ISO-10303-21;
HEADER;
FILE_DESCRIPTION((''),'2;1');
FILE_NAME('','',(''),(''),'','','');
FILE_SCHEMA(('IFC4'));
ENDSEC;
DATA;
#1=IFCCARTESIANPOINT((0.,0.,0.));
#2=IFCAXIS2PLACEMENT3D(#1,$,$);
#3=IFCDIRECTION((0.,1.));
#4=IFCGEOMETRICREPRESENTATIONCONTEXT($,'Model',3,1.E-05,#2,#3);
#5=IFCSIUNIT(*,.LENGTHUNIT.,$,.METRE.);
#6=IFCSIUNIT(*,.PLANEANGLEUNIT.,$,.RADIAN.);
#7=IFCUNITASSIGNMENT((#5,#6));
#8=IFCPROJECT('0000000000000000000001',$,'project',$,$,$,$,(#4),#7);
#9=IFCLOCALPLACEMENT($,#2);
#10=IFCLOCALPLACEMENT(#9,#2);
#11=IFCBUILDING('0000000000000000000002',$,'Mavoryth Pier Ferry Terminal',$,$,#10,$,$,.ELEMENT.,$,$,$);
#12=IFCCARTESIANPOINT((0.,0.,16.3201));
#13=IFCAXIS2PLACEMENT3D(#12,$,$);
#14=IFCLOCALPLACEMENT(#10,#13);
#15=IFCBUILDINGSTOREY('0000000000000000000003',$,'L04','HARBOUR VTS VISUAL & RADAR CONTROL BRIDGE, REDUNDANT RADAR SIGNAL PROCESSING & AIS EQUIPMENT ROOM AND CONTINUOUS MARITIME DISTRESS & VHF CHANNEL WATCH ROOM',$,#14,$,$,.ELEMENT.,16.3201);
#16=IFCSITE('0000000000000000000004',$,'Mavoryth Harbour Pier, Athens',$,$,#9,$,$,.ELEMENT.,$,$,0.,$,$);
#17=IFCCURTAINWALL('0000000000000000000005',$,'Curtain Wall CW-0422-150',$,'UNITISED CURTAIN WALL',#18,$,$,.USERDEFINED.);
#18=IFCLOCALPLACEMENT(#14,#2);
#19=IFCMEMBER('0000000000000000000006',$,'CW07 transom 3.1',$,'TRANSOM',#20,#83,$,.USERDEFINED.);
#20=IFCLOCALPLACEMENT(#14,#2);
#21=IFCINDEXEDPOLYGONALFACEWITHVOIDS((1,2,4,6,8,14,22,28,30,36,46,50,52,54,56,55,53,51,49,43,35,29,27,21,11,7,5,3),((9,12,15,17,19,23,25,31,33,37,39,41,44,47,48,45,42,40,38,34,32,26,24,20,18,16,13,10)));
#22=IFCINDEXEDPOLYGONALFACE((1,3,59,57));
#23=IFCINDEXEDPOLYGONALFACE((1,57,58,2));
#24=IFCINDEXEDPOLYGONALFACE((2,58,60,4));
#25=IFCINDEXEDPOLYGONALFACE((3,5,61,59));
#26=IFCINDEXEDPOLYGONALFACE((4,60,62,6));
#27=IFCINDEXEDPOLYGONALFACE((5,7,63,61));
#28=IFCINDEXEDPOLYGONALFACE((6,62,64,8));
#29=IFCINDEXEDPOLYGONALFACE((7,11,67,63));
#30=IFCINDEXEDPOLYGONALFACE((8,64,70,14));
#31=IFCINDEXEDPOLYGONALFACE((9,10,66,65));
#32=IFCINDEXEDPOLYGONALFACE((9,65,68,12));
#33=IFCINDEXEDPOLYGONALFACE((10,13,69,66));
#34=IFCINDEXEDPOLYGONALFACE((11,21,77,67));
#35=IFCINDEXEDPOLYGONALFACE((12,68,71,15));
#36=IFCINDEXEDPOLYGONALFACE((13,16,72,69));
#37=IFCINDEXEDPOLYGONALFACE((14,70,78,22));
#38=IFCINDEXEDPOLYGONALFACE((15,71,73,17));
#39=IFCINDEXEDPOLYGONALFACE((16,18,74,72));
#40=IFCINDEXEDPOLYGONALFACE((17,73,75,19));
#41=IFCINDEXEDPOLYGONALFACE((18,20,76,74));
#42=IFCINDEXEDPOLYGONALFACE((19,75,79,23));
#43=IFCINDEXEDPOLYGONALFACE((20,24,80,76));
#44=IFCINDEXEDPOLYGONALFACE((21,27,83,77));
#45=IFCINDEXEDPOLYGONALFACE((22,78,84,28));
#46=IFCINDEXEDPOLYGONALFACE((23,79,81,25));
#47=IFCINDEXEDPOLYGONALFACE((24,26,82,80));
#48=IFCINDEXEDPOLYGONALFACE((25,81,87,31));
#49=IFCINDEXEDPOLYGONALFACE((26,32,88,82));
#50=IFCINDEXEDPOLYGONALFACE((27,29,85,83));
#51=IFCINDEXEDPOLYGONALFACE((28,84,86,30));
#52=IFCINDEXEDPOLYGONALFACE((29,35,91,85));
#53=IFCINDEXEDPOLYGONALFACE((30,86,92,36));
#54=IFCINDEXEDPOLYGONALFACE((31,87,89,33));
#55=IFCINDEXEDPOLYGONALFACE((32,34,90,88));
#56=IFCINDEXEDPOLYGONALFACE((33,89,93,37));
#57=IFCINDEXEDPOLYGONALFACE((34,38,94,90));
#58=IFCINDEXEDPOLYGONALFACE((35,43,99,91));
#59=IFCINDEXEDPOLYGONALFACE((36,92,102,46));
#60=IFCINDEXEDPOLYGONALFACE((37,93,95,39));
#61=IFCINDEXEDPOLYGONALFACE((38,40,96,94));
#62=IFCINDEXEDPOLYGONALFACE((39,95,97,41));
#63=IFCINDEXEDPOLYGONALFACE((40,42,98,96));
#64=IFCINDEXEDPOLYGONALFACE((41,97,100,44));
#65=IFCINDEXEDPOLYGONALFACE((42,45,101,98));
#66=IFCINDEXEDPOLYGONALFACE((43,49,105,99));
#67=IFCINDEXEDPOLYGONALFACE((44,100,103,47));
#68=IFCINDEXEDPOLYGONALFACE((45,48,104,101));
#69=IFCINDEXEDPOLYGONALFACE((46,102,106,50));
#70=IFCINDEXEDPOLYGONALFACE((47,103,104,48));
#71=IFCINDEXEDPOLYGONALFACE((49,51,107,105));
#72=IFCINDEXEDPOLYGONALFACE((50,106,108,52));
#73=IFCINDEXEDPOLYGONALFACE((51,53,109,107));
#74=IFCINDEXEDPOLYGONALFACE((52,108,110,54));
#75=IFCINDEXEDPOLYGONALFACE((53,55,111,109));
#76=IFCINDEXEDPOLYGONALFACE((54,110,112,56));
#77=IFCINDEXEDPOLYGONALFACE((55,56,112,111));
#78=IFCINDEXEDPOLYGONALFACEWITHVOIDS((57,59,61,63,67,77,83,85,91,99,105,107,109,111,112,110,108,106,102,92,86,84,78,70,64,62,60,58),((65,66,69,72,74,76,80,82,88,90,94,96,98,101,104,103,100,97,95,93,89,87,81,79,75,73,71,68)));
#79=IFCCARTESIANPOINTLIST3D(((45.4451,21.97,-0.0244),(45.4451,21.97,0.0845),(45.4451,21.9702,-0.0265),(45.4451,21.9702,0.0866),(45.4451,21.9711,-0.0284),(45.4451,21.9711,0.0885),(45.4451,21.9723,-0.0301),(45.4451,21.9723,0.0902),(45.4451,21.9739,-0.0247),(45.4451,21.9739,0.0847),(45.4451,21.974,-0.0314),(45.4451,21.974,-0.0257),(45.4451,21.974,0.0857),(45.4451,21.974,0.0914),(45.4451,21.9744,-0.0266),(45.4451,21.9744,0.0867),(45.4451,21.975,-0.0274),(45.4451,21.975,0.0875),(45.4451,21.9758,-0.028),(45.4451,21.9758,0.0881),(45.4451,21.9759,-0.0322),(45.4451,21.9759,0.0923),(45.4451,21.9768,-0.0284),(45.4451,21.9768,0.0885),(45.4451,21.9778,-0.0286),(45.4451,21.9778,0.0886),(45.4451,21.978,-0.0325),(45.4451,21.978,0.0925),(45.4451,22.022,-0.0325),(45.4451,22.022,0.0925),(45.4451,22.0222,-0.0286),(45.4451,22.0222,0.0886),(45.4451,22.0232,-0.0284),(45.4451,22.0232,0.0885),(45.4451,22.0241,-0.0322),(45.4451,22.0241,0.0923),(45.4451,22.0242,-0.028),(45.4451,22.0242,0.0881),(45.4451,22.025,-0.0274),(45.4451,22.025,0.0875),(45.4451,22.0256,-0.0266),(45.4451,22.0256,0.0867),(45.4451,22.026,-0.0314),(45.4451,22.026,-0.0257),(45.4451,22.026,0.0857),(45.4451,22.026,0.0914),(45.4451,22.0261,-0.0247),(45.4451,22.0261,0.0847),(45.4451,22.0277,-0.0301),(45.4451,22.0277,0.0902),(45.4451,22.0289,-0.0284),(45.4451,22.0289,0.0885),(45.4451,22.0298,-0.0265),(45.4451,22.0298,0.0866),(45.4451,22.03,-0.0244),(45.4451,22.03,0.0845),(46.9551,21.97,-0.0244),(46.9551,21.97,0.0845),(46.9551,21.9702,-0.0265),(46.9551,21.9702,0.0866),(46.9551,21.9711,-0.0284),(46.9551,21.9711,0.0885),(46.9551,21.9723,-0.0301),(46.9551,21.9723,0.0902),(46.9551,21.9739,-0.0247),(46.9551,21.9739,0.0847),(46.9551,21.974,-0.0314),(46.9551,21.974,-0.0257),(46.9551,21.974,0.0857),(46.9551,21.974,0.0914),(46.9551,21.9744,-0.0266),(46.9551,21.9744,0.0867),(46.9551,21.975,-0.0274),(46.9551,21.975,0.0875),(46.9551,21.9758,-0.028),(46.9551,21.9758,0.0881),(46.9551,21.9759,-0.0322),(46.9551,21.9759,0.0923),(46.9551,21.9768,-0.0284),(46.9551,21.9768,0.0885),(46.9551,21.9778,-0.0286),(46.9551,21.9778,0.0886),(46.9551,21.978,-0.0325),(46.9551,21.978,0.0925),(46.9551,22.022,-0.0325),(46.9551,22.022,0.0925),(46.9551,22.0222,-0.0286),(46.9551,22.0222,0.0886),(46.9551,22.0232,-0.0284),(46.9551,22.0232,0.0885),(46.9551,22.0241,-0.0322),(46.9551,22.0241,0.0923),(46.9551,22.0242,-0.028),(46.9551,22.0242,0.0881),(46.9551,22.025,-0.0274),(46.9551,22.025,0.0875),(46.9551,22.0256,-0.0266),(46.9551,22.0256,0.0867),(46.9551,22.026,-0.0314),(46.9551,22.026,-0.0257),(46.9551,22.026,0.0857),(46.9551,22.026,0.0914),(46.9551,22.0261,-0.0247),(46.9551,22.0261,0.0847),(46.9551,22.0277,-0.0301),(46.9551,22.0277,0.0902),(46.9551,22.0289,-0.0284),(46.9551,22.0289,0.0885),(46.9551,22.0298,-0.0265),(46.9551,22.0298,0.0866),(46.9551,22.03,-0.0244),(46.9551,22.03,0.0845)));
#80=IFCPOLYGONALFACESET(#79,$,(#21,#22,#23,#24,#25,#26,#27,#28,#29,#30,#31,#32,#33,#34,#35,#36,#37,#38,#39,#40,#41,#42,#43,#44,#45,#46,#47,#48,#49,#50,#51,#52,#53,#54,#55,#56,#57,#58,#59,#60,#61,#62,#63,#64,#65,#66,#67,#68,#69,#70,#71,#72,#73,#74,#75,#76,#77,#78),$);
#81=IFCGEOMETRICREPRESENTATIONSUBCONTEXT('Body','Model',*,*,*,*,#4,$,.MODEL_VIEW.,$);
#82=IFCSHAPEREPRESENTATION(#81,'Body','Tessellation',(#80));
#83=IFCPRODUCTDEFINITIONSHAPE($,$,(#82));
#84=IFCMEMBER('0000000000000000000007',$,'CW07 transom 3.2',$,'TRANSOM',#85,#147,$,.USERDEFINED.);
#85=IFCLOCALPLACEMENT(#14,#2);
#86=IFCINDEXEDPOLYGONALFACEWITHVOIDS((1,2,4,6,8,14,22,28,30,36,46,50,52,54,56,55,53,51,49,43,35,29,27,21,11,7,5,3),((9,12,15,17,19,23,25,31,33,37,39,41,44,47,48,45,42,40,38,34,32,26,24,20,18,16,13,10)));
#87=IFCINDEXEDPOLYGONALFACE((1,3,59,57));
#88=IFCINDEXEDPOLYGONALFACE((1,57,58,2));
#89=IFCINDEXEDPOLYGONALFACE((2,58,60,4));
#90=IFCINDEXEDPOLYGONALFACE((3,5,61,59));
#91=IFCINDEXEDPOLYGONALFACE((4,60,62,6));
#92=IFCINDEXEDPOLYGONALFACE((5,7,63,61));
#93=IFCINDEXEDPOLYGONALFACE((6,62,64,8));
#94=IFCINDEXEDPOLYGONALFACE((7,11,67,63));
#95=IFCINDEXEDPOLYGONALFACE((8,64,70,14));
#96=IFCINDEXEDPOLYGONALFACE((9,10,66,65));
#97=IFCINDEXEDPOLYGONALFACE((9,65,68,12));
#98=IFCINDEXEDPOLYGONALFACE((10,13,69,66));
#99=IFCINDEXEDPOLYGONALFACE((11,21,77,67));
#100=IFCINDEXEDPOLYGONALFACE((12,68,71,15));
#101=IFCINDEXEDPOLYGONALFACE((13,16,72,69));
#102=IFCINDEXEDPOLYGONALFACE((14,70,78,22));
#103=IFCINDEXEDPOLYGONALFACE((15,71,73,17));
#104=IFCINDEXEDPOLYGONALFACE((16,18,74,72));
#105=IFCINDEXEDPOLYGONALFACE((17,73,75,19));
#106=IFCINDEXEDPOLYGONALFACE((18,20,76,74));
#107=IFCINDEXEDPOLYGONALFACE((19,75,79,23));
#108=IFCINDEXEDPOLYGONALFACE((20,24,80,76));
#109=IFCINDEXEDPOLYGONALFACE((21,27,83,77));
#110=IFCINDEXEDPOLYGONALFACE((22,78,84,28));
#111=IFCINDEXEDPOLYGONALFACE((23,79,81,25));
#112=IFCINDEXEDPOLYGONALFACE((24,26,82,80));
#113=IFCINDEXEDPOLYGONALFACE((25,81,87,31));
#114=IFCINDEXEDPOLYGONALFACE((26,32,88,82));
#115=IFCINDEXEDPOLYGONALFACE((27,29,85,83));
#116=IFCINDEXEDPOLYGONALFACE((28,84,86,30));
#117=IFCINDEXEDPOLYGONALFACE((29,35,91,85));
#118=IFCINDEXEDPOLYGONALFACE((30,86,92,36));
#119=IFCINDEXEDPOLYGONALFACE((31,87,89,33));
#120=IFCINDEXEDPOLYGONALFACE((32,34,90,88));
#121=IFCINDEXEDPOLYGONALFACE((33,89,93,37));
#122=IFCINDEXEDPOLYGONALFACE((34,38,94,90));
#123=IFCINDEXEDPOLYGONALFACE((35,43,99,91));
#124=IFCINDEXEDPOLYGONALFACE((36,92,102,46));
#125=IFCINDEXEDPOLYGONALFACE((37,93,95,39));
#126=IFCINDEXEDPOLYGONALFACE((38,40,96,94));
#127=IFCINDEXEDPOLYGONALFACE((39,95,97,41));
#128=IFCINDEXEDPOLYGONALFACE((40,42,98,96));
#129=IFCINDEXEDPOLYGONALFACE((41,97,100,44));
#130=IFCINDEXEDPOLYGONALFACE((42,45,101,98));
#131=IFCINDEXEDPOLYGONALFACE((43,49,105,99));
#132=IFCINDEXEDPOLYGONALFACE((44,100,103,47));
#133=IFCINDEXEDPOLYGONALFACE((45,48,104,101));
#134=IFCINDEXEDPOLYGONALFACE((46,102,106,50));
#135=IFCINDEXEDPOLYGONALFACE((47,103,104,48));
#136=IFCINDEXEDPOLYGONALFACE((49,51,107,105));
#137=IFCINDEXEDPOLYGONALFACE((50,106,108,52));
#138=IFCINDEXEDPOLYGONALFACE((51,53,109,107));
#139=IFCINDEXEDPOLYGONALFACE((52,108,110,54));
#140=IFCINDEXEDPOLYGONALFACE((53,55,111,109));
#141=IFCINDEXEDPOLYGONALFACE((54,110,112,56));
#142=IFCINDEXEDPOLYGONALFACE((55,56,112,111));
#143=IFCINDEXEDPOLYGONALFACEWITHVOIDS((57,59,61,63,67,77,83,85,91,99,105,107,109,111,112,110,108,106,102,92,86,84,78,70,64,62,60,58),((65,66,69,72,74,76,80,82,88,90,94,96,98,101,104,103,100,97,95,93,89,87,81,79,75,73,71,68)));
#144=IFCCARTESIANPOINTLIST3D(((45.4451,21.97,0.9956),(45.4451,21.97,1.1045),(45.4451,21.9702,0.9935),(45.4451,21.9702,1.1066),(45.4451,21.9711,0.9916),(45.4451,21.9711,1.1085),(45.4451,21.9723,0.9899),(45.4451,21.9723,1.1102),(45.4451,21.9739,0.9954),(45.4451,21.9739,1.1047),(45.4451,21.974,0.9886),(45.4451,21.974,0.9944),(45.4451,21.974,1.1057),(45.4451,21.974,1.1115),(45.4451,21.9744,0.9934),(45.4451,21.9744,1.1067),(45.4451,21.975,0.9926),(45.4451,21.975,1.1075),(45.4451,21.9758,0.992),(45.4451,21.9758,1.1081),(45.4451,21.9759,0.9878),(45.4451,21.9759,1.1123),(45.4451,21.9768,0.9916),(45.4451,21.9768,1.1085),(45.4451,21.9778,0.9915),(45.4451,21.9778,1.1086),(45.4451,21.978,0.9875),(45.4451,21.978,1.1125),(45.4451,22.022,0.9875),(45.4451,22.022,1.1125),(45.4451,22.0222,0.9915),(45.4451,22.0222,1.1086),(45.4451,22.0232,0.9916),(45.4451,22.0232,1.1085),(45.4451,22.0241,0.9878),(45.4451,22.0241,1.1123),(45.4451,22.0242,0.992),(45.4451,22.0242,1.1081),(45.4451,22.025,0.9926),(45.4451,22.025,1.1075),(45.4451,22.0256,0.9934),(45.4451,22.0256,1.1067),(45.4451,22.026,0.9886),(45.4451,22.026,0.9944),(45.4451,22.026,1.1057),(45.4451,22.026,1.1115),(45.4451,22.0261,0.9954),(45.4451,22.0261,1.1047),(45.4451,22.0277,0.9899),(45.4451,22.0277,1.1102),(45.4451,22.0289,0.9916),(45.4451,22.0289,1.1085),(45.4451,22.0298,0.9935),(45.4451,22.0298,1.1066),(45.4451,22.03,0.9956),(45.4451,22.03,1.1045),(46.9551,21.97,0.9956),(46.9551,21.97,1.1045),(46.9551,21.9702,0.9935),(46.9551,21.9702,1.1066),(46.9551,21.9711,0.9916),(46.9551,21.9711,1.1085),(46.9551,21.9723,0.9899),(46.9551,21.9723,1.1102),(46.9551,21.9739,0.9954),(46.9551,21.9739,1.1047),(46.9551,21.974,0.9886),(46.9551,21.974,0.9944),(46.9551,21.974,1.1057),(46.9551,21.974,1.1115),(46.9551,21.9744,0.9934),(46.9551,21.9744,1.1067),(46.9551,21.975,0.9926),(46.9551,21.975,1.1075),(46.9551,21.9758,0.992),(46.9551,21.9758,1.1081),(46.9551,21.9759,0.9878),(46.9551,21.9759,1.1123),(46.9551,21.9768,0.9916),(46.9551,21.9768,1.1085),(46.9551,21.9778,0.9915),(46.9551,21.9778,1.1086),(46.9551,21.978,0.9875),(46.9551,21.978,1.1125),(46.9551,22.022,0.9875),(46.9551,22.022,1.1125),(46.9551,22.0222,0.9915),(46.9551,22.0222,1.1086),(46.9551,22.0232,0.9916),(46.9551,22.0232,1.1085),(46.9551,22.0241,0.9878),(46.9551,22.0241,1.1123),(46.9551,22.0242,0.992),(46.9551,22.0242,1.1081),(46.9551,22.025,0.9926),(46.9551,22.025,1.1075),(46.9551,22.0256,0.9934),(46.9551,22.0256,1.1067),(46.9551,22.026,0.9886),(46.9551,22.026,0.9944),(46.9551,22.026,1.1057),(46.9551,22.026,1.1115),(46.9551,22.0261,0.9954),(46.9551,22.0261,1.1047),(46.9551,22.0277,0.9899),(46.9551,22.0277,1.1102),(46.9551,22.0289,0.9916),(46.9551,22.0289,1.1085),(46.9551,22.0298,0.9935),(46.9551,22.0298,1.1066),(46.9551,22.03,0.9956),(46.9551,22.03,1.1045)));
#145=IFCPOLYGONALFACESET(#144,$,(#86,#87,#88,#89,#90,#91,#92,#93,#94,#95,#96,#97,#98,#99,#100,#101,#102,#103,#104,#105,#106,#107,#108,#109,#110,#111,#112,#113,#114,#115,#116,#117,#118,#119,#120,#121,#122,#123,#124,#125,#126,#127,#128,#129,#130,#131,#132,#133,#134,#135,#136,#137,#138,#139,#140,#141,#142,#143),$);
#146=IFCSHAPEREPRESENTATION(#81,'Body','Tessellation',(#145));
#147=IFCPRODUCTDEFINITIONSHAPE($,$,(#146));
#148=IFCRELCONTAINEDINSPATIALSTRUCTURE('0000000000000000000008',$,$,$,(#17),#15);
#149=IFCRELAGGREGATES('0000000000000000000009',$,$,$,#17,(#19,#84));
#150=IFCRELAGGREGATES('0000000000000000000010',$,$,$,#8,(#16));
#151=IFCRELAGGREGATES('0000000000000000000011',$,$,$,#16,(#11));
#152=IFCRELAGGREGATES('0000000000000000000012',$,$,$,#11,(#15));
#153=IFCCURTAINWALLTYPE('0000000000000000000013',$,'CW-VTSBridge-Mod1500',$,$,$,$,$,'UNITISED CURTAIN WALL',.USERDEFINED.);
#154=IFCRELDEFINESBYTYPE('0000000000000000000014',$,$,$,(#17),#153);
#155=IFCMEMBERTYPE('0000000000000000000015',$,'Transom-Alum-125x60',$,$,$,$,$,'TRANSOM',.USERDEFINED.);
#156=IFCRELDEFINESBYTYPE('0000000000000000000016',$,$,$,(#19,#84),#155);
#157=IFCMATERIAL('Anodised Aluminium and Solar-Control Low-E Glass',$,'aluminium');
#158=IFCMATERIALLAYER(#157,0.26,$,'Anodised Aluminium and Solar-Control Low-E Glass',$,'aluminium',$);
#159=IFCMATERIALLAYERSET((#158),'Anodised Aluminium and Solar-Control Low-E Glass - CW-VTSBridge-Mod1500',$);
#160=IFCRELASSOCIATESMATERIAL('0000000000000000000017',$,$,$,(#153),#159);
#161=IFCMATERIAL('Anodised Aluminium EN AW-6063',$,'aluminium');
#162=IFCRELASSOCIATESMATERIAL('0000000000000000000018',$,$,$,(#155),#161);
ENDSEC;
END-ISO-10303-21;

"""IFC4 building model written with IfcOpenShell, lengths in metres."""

from ifc_helpers import new_model, si_unit, direction, frame, origin, origin_2d, place, context, subcontext, project, spatial, hollow_rectangle, extrude, material, layer, layer_set, material_profile, profile_set, type_object, element, aggregate, save


model = new_model("IFC4")

# Units and contexts
model_context = context("Model", 3, precision=1e-05, world=origin(), true_north=direction((0.0, 1.0)))
body_context = subcontext(model_context, "Body", "Model", "MODEL_VIEW")
ifc_project = project(units=[si_unit("LENGTHUNIT", "METRE"), si_unit("PLANEANGLEUNIT", "RADIAN")], contexts=[model_context])

# Site, building, storey
site_placement = place(None, origin())
site = spatial("IfcSite", under=ifc_project, at=site_placement, Name="Mavoryth Harbour Pier, Athens", CompositionType="ELEMENT", RefElevation=0.0)
building_placement = place(site_placement, origin())
building = spatial("IfcBuilding", under=site, at=building_placement, Name="Mavoryth Pier Ferry Terminal", CompositionType="ELEMENT")
storey_placement = place(building_placement, frame((0.0, 0.0, 16.3201)))
storey = spatial("IfcBuildingStorey", under=building, at=storey_placement, Name="L04", Description="HARBOUR VTS VISUAL & RADAR CONTROL BRIDGE, REDUNDANT RADAR SIGNAL PROCESSING & AIS EQUIPMENT ROOM AND CONTINUOUS MARITIME DISTRESS & VHF CHANNEL WATCH ROOM", CompositionType="ELEMENT", Elevation=16.3201)

# Curtain wall, members
ifc_material_1 = material(Name="Anodised Aluminium and Solar-Control Low-E Glass", Category="aluminium")
ifc_layer_1 = layer(ifc_material_1, 0.26, Name="Anodised Aluminium and Solar-Control Low-E Glass", Category="aluminium")
ifc_layer_set_1 = layer_set([ifc_layer_1], Name="Anodised Aluminium and Solar-Control Low-E Glass - CW-VTSBridge-Mod1500")
curtain_wall_type = type_object("IfcCurtainWallType", Name="CW-VTSBridge-Mod1500", ElementType="UNITISED CURTAIN WALL", PredefinedType="USERDEFINED", material=ifc_layer_set_1)
curtain_wall_placement = place(storey_placement, origin())
curtain_wall = element("IfcCurtainWall", 1, at=curtain_wall_placement, inside=storey, type_object=curtain_wall_type, Name="Curtain Wall CW-0422-150", ObjectType="UNITISED CURTAIN WALL", PredefinedType="USERDEFINED")
ifc_material_2 = material(Name="Anodised Aluminium EN AW-6063", Category="aluminium")
ifc_material_profile_1 = material_profile(ifc_material_2, hollow_rectangle(XDim=0.0601, YDim=0.125, WallThickness=0.0039, InnerFilletRadius=0.0039, OuterFilletRadius=0.0081, at=origin_2d()), Name="AL-TRAN 125x60x4", Category="aluminium")
ifc_profile_set_1 = profile_set([ifc_material_profile_1], Name="Anodised Aluminium EN AW-6063 - AL-TRAN 125x60x4")
member_type_1 = type_object("IfcMemberType", Name="Transom-Alum-125x60", ElementType="TRANSOM", PredefinedType="USERDEFINED", material=ifc_profile_set_1)
member_1_placement = place(storey_placement, frame((46.9551, 22.0, 0.03), z_axis=(-1.0, 0.0, 0.0), x_axis=(0.0, -1.0, 0.0)))
member_1 = element("IfcMember", 2, at=member_1_placement, type_object=member_type_1, Name="CW07 transom 3.1", ObjectType="TRANSOM", PredefinedType="USERDEFINED", context=body_context, shape_type="SweptSolid", body=[
    extrude(hollow_rectangle(XDim=0.0601, YDim=0.125, WallThickness=0.0039, InnerFilletRadius=0.0039, OuterFilletRadius=0.0081, at=origin_2d()), origin(), (0.0, 0.0, 1.0), 1.51),
])
member_2_placement = place(storey_placement, frame((46.9551, 22.0, 1.05), z_axis=(-1.0, 0.0, 0.0), x_axis=(0.0, -1.0, 0.0)))
member_2 = element("IfcMember", 3, at=member_2_placement, type_object=member_type_1, Name="CW07 transom 3.2", ObjectType="TRANSOM", PredefinedType="USERDEFINED", context=body_context, shape_type="SweptSolid", body=[
    extrude(hollow_rectangle(XDim=0.0601, YDim=0.125, WallThickness=0.0039, InnerFilletRadius=0.0039, OuterFilletRadius=0.0081, at=origin_2d()), origin(), (0.0, 0.0, 1.0), 1.51),
])
aggregate(curtain_wall, [member_1, member_2])

save(model, "model.ifc")
